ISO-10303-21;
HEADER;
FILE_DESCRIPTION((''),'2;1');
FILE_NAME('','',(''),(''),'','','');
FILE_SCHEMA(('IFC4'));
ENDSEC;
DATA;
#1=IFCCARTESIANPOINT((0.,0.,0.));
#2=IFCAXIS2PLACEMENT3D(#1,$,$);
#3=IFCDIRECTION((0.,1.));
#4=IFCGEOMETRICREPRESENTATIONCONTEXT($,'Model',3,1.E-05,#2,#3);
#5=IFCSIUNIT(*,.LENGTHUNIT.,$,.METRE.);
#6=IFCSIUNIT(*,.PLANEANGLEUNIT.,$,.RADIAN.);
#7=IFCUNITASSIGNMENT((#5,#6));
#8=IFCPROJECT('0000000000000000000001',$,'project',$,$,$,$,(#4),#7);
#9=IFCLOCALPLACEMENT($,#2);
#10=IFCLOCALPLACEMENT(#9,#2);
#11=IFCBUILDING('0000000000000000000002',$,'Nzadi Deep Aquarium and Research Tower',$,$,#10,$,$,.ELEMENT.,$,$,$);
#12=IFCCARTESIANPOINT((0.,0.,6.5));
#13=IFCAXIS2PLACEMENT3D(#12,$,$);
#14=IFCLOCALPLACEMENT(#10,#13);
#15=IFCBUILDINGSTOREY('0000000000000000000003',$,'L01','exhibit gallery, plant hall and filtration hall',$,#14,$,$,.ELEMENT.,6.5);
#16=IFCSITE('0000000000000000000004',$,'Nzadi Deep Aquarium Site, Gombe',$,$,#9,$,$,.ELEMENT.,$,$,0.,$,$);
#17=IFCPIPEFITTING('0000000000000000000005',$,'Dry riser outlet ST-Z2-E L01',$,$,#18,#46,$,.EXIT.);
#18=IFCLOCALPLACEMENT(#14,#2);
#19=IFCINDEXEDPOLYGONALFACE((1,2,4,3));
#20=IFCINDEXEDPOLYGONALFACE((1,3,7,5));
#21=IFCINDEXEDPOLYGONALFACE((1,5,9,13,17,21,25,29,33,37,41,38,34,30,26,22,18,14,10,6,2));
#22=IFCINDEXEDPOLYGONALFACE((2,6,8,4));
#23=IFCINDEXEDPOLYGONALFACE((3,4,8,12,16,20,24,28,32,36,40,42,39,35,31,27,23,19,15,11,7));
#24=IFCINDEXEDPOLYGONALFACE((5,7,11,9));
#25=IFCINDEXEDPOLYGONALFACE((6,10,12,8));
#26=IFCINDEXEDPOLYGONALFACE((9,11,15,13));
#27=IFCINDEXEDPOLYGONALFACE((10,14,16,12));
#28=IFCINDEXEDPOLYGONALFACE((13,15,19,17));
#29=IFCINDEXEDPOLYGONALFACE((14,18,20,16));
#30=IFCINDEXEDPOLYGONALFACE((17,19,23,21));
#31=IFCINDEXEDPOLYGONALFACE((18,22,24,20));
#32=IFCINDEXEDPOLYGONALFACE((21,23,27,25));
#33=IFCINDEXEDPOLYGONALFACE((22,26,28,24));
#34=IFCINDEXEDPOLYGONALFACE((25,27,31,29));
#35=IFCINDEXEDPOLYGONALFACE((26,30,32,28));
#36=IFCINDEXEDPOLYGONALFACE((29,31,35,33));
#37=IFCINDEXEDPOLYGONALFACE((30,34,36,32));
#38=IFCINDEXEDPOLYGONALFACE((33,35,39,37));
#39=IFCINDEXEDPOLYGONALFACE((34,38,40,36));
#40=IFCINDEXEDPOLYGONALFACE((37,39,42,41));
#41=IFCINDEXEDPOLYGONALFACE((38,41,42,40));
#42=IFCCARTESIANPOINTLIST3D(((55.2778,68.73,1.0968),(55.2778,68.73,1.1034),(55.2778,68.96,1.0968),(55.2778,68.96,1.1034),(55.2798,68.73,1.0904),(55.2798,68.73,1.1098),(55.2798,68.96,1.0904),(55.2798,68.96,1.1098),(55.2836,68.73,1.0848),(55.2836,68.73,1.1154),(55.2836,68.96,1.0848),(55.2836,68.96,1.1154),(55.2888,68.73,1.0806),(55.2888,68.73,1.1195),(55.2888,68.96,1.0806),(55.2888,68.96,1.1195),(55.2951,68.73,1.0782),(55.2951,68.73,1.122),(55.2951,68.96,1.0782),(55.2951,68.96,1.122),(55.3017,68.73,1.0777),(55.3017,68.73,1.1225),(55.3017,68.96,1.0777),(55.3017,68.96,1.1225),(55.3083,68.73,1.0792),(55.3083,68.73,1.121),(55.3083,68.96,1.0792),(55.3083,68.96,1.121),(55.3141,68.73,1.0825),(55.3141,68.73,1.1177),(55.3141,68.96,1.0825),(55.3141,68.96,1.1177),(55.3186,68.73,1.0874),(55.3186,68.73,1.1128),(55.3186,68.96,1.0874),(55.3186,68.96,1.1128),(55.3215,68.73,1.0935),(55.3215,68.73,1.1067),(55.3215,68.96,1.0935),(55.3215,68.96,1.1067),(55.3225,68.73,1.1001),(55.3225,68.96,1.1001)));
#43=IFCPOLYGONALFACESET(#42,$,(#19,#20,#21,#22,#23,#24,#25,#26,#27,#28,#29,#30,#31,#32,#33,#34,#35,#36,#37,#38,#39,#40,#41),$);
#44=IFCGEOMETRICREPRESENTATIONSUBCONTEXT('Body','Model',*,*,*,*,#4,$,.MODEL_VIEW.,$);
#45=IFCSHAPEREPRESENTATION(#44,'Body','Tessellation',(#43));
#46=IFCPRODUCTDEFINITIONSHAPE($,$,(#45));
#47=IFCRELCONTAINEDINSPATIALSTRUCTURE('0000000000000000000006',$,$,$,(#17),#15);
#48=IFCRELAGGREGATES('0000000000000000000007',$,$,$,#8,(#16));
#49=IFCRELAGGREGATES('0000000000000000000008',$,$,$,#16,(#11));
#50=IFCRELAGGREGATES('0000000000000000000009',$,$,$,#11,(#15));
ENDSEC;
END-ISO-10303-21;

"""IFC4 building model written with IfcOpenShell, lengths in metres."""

from ifc_helpers import new_model, si_unit, direction, frame, origin, origin_2d, place, context, subcontext, project, spatial, circle, extrude, element, save


model = new_model("IFC4")

# Units and contexts
model_context = context("Model", 3, precision=1e-05, world=origin(), true_north=direction((0.0, 1.0)))
body_context = subcontext(model_context, "Body", "Model", "MODEL_VIEW")
ifc_project = project(units=[si_unit("LENGTHUNIT", "METRE"), si_unit("PLANEANGLEUNIT", "RADIAN")], contexts=[model_context])

# Site, building, storey
site_placement = place(None, origin())
site = spatial("IfcSite", under=ifc_project, at=site_placement, Name="Nzadi Deep Aquarium Site, Gombe", CompositionType="ELEMENT", RefElevation=0.0)
building_placement = place(site_placement, origin())
building = spatial("IfcBuilding", under=site, at=building_placement, Name="Nzadi Deep Aquarium and Research Tower", CompositionType="ELEMENT")
storey_placement = place(building_placement, frame((0.0, 0.0, 6.5)))
storey = spatial("IfcBuildingStorey", under=building, at=storey_placement, Name="L01", Description="exhibit gallery, plant hall and filtration hall", CompositionType="ELEMENT", Elevation=6.5)

# Pipe fitting
pipe_fitting_placement = place(storey_placement, frame((55.3, 68.96, 1.1001), z_axis=(0.0, -1.0, 0.0), x_axis=(1.0, 0.0, 0.0)))
element("IfcPipeFitting", 1, at=pipe_fitting_placement, inside=storey, Name="Dry riser outlet ST-Z2-E L01", PredefinedType="EXIT", context=body_context, shape_type="SweptSolid", body=[
    extrude(circle(Radius=0.0225, at=origin_2d()), origin(), (0.0, 0.0, 1.0), 0.23),
])

save(model, "model.ifc")
